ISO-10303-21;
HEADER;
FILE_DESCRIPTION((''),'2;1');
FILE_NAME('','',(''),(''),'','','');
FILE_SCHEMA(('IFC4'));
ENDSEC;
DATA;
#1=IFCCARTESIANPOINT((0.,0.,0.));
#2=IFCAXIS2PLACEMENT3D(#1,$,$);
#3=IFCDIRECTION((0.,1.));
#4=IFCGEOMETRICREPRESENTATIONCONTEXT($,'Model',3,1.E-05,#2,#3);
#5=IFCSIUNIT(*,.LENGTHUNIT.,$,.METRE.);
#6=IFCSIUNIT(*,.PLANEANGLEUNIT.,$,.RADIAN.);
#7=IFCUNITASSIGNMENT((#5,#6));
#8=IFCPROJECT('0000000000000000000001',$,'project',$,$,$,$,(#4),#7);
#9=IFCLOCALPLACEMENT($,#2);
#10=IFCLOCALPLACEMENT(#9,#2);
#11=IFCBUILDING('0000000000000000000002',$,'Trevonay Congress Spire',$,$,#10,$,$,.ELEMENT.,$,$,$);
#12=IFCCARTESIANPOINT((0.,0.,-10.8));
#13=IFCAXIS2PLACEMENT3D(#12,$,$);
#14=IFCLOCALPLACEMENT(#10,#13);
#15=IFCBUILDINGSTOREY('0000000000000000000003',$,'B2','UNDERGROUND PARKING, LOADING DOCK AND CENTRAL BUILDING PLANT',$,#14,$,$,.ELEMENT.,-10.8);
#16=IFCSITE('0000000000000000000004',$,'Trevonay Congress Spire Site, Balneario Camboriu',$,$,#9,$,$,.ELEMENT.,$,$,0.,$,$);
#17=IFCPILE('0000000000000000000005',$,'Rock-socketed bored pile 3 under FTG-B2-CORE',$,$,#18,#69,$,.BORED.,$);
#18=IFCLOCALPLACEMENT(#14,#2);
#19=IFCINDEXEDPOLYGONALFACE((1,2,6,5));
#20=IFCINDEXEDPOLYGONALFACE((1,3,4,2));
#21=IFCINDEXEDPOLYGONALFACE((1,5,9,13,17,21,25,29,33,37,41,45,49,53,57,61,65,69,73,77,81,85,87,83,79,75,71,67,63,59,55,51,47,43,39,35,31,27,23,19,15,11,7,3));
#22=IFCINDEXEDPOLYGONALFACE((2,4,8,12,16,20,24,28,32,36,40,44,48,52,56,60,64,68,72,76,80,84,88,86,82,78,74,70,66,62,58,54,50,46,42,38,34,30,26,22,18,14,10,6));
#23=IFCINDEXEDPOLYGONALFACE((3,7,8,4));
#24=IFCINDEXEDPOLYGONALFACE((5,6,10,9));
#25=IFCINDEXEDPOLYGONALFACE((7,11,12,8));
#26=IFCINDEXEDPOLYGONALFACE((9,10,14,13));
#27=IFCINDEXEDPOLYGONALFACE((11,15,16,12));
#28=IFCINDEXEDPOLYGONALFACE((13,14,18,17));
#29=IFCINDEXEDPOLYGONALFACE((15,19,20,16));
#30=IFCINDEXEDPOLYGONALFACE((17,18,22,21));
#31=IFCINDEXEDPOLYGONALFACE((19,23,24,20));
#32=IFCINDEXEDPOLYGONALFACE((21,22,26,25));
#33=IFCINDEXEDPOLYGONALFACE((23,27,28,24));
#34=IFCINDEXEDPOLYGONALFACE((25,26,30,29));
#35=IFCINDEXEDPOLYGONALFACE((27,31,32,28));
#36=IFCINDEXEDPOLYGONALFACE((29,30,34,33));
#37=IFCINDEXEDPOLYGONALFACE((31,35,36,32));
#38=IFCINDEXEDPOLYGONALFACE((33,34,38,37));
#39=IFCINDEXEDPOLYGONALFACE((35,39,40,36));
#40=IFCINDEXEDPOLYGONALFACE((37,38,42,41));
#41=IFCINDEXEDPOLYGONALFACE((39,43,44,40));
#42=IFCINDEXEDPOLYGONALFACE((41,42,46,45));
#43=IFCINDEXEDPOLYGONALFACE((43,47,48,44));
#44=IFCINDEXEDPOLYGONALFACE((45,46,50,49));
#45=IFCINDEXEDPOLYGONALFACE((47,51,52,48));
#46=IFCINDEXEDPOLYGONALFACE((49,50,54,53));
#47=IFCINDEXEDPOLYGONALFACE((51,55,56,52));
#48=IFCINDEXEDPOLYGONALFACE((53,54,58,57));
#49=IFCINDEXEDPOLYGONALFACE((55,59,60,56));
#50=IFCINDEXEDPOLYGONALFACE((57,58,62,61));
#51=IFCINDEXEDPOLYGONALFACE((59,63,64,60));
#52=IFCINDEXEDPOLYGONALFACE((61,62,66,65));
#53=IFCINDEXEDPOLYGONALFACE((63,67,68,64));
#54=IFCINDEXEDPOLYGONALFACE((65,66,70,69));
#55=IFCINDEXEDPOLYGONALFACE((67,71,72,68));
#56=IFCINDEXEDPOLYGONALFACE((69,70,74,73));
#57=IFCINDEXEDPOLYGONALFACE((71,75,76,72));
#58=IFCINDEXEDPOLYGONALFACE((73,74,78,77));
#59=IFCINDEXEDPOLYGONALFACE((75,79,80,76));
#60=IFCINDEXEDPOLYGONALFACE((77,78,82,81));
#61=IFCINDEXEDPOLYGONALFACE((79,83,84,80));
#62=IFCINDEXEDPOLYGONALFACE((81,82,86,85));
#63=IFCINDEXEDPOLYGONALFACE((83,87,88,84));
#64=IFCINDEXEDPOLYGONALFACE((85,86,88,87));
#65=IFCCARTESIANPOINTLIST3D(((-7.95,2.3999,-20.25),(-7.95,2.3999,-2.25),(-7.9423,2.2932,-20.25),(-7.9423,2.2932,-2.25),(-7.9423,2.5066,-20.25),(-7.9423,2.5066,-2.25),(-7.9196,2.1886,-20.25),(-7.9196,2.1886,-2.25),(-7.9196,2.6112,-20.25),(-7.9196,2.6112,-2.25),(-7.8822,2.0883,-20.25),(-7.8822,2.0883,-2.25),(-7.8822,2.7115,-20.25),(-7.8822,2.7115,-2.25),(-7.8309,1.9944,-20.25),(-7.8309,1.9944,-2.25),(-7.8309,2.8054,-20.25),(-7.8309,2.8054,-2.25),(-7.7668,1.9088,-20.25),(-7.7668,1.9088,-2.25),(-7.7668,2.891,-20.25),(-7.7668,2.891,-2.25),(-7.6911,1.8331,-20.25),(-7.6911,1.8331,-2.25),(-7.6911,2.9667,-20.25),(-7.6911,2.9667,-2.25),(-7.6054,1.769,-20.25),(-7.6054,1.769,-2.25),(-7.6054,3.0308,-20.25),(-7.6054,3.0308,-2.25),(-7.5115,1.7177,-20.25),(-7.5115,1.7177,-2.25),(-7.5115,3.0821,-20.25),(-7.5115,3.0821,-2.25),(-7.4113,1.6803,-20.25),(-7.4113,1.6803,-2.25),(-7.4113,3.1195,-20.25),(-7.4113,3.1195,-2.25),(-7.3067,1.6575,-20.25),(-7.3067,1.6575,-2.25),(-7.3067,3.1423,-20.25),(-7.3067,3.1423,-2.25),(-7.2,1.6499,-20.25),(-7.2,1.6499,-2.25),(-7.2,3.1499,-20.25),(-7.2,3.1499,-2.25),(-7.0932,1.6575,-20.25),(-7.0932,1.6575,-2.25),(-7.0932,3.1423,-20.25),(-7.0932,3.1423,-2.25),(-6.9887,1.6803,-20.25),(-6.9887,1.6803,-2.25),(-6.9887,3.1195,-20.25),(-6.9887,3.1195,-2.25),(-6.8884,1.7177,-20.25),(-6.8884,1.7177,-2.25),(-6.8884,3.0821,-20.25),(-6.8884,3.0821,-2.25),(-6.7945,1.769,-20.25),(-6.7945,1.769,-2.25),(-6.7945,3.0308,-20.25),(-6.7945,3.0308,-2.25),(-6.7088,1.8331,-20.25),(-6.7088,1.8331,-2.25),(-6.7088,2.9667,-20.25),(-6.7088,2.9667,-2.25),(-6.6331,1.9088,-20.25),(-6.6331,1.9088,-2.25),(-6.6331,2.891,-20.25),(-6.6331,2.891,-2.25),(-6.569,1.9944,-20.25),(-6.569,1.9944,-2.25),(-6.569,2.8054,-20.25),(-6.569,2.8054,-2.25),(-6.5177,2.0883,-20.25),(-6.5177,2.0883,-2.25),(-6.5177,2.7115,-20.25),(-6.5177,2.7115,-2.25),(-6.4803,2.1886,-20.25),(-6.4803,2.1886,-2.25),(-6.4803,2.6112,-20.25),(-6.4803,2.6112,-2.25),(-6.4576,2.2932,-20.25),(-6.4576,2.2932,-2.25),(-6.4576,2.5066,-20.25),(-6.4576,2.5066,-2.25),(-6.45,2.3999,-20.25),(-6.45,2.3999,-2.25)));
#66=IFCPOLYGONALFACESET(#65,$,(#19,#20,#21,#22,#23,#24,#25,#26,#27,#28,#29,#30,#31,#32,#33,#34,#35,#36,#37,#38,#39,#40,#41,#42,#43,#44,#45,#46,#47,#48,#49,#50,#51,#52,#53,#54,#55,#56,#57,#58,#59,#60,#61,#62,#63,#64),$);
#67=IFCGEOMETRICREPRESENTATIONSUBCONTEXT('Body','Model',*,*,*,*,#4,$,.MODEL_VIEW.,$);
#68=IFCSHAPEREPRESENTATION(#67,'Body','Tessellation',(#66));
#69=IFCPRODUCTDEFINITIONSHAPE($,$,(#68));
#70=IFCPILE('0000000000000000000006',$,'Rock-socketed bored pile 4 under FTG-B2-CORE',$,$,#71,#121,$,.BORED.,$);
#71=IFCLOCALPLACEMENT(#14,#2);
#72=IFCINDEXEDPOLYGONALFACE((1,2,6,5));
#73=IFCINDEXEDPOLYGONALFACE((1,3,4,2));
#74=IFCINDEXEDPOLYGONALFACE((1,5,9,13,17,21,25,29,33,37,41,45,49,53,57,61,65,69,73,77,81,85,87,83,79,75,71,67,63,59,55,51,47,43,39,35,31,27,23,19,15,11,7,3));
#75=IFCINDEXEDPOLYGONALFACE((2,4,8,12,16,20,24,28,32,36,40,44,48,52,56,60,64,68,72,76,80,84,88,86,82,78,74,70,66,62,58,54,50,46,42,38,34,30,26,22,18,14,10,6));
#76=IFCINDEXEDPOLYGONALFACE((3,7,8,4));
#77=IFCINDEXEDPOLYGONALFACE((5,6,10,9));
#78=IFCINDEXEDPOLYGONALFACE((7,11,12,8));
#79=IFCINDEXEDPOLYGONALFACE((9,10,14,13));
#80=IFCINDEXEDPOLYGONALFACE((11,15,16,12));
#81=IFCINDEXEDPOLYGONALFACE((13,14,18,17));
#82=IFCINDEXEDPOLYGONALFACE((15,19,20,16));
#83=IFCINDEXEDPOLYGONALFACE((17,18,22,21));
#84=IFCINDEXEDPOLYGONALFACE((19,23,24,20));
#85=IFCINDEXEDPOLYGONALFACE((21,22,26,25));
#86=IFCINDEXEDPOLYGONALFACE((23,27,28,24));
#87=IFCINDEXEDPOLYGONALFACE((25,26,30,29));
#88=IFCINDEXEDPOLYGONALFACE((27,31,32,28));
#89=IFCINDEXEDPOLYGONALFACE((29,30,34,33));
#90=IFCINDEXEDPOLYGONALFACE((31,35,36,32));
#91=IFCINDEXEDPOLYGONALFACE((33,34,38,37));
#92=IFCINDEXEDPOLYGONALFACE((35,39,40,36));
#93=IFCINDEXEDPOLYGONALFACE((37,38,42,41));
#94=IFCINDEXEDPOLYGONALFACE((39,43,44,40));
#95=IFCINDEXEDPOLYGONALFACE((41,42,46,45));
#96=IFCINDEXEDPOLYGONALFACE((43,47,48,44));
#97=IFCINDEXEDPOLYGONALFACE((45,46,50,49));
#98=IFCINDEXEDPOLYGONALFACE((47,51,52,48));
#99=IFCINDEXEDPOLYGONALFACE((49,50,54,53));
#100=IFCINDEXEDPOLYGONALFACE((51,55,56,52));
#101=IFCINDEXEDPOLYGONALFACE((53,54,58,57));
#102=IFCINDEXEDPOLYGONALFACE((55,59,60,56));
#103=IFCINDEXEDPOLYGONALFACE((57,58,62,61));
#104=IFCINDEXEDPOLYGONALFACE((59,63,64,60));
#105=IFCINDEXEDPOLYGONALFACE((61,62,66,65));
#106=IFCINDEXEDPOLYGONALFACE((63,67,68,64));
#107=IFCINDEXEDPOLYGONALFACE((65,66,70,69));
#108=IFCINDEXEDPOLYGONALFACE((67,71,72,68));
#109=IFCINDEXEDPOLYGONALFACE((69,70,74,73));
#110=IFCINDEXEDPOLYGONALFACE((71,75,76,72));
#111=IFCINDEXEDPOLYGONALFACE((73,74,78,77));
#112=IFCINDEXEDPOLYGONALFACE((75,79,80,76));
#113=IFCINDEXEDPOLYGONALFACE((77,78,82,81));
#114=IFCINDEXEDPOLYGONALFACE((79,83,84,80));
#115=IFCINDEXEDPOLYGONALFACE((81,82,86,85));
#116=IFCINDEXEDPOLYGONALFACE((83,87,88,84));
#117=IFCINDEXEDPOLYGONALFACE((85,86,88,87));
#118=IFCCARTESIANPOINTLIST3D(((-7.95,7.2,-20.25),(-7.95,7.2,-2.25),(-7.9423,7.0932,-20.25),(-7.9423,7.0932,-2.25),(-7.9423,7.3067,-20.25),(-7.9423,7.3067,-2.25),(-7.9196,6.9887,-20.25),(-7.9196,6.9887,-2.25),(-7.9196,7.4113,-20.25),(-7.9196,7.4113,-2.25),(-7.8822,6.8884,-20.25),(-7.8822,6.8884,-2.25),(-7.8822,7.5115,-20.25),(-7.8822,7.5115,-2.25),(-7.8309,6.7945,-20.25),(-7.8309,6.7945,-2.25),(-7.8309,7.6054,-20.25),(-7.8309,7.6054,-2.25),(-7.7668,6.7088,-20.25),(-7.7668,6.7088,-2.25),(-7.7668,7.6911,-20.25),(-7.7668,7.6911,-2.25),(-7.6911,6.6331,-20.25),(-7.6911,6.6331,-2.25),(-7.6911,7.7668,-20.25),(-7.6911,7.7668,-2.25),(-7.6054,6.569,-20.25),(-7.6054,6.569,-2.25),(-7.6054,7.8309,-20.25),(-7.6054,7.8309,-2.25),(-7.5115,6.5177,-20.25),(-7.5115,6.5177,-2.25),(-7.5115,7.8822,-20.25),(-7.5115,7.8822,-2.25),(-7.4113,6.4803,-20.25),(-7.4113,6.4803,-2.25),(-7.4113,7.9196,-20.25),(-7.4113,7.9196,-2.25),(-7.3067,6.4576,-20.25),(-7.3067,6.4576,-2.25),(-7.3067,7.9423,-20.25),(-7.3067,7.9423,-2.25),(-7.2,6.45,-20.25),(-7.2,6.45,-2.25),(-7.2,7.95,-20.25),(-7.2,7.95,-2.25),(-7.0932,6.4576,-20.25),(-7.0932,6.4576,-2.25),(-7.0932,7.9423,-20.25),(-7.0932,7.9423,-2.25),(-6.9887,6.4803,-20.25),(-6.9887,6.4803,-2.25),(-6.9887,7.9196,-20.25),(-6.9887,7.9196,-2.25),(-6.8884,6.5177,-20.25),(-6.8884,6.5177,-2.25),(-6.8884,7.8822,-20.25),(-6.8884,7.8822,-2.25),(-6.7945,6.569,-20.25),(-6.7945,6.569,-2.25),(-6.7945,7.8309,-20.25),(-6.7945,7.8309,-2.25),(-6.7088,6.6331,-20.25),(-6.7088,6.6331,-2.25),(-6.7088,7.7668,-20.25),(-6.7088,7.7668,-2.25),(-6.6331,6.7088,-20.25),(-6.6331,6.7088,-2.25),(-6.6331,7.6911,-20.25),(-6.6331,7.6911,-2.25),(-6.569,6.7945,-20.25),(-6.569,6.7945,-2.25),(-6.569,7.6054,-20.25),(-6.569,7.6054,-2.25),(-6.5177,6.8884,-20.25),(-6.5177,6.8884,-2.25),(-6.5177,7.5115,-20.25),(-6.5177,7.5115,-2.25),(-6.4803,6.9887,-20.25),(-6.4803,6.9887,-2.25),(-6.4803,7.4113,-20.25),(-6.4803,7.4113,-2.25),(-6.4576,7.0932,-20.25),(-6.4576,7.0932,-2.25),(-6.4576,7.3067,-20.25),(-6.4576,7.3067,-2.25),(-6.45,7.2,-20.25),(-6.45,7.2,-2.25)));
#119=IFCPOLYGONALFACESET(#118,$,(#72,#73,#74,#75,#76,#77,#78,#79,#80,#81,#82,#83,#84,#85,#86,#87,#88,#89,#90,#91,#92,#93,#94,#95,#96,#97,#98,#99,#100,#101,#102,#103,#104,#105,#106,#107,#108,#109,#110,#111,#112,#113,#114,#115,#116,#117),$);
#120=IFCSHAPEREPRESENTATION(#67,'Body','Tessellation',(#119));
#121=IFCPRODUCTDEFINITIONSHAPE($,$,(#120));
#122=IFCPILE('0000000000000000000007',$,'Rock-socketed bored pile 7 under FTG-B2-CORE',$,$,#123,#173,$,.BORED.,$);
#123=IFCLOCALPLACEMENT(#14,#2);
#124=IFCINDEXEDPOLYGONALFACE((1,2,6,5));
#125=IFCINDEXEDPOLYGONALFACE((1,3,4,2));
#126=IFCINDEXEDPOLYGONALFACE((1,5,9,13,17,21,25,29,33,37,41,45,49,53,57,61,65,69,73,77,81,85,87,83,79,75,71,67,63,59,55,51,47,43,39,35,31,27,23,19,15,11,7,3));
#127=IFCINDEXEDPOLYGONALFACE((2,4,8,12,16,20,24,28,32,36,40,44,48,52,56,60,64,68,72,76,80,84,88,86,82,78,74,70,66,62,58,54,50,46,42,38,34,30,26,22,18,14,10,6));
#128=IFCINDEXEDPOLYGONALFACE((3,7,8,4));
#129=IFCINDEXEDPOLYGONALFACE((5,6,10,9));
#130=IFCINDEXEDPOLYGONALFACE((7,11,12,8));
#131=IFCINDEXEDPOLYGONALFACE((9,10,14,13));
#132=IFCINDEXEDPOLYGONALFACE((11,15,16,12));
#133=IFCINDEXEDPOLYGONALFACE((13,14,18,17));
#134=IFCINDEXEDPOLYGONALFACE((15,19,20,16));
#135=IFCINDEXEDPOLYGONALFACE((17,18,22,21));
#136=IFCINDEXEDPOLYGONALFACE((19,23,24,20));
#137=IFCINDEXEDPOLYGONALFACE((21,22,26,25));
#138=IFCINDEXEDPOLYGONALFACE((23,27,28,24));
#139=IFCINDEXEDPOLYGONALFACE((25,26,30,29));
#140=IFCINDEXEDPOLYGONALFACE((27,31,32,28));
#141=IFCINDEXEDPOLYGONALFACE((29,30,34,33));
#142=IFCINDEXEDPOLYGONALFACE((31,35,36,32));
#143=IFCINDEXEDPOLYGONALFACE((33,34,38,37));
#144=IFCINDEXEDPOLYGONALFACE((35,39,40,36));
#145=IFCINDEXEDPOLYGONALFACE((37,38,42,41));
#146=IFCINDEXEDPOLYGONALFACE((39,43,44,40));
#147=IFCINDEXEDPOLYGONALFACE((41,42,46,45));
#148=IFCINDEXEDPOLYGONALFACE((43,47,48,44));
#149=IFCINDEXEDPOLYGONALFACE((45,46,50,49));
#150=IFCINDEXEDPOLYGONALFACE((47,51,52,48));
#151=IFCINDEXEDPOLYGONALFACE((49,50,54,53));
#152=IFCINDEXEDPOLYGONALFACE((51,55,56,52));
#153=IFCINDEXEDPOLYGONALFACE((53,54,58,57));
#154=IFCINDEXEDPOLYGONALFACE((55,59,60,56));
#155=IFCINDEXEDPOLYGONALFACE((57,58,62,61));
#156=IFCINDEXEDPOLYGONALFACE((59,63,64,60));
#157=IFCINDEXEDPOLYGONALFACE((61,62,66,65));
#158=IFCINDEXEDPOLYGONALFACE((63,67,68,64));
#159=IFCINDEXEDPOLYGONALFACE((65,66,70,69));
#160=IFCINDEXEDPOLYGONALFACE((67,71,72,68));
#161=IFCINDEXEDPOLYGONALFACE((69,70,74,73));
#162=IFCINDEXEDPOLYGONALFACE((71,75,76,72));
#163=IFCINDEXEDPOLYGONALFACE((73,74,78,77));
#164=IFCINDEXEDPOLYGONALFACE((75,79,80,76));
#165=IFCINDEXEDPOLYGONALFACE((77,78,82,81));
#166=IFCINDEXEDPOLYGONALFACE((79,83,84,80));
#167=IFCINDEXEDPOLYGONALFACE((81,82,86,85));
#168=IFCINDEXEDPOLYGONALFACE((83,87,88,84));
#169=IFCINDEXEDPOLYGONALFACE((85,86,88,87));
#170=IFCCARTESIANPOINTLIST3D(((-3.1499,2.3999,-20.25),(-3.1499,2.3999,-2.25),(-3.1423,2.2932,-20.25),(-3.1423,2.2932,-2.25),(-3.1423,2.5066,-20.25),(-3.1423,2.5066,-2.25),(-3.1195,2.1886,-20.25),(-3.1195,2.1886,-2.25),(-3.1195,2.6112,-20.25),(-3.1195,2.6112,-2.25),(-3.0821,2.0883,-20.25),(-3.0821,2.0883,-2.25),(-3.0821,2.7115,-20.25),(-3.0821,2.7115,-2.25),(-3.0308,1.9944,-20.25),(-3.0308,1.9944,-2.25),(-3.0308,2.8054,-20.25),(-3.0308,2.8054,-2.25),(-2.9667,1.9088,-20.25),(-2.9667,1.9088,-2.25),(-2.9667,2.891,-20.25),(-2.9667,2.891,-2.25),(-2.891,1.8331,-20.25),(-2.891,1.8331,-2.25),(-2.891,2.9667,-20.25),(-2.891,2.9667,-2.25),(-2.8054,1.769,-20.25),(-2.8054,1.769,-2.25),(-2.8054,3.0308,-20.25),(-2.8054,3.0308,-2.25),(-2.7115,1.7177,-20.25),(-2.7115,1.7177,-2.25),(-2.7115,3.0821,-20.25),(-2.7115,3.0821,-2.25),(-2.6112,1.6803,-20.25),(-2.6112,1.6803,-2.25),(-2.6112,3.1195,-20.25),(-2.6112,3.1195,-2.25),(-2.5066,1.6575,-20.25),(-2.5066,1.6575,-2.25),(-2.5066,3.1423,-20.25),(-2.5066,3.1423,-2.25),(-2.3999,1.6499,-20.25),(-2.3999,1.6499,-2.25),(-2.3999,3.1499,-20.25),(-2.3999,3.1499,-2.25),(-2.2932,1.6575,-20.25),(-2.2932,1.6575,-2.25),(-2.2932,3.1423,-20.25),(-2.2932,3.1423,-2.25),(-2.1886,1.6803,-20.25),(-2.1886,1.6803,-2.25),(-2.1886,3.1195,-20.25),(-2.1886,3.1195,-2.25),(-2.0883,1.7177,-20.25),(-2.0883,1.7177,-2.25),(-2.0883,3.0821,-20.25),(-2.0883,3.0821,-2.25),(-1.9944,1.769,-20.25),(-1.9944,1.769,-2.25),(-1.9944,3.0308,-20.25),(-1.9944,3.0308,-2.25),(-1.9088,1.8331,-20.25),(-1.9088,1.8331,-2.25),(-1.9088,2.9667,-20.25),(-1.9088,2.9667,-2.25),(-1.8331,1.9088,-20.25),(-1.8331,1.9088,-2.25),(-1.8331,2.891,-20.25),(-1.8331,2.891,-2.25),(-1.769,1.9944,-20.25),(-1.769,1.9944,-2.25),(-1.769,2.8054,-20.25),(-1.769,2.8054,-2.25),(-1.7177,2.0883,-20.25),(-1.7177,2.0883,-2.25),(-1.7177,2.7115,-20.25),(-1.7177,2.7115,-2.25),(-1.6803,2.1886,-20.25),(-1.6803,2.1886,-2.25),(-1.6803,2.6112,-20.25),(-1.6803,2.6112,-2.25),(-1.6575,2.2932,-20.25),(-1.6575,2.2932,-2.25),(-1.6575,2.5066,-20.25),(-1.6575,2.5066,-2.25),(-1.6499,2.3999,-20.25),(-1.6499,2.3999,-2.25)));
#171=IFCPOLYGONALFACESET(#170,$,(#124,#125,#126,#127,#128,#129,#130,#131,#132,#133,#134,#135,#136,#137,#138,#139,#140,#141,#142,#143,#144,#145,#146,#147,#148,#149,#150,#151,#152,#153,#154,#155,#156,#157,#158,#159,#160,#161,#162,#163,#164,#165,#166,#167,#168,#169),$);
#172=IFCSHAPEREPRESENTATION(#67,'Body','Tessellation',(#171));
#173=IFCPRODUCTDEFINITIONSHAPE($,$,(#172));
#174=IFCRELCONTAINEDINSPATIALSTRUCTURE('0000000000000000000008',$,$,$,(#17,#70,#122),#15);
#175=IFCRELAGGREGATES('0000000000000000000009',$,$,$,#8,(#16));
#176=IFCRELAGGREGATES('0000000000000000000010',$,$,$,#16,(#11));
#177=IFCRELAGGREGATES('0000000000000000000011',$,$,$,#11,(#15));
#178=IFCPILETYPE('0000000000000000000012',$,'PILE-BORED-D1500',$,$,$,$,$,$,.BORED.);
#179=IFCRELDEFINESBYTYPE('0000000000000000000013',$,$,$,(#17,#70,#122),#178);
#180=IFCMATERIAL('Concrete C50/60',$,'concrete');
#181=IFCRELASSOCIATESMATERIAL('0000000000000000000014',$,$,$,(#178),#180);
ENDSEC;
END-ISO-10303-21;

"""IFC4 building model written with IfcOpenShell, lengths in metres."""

from ifc_helpers import new_model, si_unit, direction, frame, origin, origin_2d, place, context, subcontext, project, spatial, circle, extrude, material, material_profile, profile_set, type_object, element, save


model = new_model("IFC4")

# Units and contexts
model_context = context("Model", 3, precision=1e-05, world=origin(), true_north=direction((0.0, 1.0)))
body_context = subcontext(model_context, "Body", "Model", "MODEL_VIEW")
ifc_project = project(units=[si_unit("LENGTHUNIT", "METRE"), si_unit("PLANEANGLEUNIT", "RADIAN")], contexts=[model_context])

# Site, building, storey
site_placement = place(None, origin())
site = spatial("IfcSite", under=ifc_project, at=site_placement, Name="Trevonay Congress Spire Site, Balneario Camboriu", CompositionType="ELEMENT", RefElevation=0.0)
building_placement = place(site_placement, origin())
building = spatial("IfcBuilding", under=site, at=building_placement, Name="Trevonay Congress Spire", CompositionType="ELEMENT")
storey_placement = place(building_placement, frame((0.0, 0.0, -10.8)))
storey = spatial("IfcBuildingStorey", under=building, at=storey_placement, Name="B2", Description="UNDERGROUND PARKING, LOADING DOCK AND CENTRAL BUILDING PLANT", CompositionType="ELEMENT", Elevation=-10.8)

# Piles
ifc_material_1 = material(Name="Concrete C50/60", Category="concrete")
ifc_material_profile = material_profile(ifc_material_1, circle(Radius=0.75, at=origin_2d()), Name="PILE D1500")
ifc_profile_set = profile_set([ifc_material_profile], Name="Concrete C50/60")
pile_type = type_object("IfcPileType", Name="PILE-BORED-D1500", PredefinedType="BORED", material=ifc_profile_set)
for number, where, z_axis, x_axis, name in (
    (1, (-7.2, 2.3999, -2.25), (0.0, 0.0, -1.0), (1.0, 0.0, 0.0), "Rock-socketed bored pile 3 under FTG-B2-CORE"),
    (2, (-7.2, 7.2, -2.25), (0.0, 0.0, -1.0), (1.0, 0.0, 0.0), "Rock-socketed bored pile 4 under FTG-B2-CORE"),
    (3, (-2.3999, 2.3999, -2.25), (0.0, 0.0, -1.0), (1.0, 0.0, 0.0), "Rock-socketed bored pile 7 under FTG-B2-CORE"),
):
    element("IfcPile", number, at=place(storey_placement, frame(where, z_axis=z_axis, x_axis=x_axis)), inside=storey, type_object=pile_type, Name=name, PredefinedType="BORED", context=body_context, shape_type="SweptSolid", body=[
        extrude(circle(Radius=0.75, at=origin_2d()), origin(), (0.0, 0.0, 1.0), 18.0),
    ])

save(model, "model.ifc")
